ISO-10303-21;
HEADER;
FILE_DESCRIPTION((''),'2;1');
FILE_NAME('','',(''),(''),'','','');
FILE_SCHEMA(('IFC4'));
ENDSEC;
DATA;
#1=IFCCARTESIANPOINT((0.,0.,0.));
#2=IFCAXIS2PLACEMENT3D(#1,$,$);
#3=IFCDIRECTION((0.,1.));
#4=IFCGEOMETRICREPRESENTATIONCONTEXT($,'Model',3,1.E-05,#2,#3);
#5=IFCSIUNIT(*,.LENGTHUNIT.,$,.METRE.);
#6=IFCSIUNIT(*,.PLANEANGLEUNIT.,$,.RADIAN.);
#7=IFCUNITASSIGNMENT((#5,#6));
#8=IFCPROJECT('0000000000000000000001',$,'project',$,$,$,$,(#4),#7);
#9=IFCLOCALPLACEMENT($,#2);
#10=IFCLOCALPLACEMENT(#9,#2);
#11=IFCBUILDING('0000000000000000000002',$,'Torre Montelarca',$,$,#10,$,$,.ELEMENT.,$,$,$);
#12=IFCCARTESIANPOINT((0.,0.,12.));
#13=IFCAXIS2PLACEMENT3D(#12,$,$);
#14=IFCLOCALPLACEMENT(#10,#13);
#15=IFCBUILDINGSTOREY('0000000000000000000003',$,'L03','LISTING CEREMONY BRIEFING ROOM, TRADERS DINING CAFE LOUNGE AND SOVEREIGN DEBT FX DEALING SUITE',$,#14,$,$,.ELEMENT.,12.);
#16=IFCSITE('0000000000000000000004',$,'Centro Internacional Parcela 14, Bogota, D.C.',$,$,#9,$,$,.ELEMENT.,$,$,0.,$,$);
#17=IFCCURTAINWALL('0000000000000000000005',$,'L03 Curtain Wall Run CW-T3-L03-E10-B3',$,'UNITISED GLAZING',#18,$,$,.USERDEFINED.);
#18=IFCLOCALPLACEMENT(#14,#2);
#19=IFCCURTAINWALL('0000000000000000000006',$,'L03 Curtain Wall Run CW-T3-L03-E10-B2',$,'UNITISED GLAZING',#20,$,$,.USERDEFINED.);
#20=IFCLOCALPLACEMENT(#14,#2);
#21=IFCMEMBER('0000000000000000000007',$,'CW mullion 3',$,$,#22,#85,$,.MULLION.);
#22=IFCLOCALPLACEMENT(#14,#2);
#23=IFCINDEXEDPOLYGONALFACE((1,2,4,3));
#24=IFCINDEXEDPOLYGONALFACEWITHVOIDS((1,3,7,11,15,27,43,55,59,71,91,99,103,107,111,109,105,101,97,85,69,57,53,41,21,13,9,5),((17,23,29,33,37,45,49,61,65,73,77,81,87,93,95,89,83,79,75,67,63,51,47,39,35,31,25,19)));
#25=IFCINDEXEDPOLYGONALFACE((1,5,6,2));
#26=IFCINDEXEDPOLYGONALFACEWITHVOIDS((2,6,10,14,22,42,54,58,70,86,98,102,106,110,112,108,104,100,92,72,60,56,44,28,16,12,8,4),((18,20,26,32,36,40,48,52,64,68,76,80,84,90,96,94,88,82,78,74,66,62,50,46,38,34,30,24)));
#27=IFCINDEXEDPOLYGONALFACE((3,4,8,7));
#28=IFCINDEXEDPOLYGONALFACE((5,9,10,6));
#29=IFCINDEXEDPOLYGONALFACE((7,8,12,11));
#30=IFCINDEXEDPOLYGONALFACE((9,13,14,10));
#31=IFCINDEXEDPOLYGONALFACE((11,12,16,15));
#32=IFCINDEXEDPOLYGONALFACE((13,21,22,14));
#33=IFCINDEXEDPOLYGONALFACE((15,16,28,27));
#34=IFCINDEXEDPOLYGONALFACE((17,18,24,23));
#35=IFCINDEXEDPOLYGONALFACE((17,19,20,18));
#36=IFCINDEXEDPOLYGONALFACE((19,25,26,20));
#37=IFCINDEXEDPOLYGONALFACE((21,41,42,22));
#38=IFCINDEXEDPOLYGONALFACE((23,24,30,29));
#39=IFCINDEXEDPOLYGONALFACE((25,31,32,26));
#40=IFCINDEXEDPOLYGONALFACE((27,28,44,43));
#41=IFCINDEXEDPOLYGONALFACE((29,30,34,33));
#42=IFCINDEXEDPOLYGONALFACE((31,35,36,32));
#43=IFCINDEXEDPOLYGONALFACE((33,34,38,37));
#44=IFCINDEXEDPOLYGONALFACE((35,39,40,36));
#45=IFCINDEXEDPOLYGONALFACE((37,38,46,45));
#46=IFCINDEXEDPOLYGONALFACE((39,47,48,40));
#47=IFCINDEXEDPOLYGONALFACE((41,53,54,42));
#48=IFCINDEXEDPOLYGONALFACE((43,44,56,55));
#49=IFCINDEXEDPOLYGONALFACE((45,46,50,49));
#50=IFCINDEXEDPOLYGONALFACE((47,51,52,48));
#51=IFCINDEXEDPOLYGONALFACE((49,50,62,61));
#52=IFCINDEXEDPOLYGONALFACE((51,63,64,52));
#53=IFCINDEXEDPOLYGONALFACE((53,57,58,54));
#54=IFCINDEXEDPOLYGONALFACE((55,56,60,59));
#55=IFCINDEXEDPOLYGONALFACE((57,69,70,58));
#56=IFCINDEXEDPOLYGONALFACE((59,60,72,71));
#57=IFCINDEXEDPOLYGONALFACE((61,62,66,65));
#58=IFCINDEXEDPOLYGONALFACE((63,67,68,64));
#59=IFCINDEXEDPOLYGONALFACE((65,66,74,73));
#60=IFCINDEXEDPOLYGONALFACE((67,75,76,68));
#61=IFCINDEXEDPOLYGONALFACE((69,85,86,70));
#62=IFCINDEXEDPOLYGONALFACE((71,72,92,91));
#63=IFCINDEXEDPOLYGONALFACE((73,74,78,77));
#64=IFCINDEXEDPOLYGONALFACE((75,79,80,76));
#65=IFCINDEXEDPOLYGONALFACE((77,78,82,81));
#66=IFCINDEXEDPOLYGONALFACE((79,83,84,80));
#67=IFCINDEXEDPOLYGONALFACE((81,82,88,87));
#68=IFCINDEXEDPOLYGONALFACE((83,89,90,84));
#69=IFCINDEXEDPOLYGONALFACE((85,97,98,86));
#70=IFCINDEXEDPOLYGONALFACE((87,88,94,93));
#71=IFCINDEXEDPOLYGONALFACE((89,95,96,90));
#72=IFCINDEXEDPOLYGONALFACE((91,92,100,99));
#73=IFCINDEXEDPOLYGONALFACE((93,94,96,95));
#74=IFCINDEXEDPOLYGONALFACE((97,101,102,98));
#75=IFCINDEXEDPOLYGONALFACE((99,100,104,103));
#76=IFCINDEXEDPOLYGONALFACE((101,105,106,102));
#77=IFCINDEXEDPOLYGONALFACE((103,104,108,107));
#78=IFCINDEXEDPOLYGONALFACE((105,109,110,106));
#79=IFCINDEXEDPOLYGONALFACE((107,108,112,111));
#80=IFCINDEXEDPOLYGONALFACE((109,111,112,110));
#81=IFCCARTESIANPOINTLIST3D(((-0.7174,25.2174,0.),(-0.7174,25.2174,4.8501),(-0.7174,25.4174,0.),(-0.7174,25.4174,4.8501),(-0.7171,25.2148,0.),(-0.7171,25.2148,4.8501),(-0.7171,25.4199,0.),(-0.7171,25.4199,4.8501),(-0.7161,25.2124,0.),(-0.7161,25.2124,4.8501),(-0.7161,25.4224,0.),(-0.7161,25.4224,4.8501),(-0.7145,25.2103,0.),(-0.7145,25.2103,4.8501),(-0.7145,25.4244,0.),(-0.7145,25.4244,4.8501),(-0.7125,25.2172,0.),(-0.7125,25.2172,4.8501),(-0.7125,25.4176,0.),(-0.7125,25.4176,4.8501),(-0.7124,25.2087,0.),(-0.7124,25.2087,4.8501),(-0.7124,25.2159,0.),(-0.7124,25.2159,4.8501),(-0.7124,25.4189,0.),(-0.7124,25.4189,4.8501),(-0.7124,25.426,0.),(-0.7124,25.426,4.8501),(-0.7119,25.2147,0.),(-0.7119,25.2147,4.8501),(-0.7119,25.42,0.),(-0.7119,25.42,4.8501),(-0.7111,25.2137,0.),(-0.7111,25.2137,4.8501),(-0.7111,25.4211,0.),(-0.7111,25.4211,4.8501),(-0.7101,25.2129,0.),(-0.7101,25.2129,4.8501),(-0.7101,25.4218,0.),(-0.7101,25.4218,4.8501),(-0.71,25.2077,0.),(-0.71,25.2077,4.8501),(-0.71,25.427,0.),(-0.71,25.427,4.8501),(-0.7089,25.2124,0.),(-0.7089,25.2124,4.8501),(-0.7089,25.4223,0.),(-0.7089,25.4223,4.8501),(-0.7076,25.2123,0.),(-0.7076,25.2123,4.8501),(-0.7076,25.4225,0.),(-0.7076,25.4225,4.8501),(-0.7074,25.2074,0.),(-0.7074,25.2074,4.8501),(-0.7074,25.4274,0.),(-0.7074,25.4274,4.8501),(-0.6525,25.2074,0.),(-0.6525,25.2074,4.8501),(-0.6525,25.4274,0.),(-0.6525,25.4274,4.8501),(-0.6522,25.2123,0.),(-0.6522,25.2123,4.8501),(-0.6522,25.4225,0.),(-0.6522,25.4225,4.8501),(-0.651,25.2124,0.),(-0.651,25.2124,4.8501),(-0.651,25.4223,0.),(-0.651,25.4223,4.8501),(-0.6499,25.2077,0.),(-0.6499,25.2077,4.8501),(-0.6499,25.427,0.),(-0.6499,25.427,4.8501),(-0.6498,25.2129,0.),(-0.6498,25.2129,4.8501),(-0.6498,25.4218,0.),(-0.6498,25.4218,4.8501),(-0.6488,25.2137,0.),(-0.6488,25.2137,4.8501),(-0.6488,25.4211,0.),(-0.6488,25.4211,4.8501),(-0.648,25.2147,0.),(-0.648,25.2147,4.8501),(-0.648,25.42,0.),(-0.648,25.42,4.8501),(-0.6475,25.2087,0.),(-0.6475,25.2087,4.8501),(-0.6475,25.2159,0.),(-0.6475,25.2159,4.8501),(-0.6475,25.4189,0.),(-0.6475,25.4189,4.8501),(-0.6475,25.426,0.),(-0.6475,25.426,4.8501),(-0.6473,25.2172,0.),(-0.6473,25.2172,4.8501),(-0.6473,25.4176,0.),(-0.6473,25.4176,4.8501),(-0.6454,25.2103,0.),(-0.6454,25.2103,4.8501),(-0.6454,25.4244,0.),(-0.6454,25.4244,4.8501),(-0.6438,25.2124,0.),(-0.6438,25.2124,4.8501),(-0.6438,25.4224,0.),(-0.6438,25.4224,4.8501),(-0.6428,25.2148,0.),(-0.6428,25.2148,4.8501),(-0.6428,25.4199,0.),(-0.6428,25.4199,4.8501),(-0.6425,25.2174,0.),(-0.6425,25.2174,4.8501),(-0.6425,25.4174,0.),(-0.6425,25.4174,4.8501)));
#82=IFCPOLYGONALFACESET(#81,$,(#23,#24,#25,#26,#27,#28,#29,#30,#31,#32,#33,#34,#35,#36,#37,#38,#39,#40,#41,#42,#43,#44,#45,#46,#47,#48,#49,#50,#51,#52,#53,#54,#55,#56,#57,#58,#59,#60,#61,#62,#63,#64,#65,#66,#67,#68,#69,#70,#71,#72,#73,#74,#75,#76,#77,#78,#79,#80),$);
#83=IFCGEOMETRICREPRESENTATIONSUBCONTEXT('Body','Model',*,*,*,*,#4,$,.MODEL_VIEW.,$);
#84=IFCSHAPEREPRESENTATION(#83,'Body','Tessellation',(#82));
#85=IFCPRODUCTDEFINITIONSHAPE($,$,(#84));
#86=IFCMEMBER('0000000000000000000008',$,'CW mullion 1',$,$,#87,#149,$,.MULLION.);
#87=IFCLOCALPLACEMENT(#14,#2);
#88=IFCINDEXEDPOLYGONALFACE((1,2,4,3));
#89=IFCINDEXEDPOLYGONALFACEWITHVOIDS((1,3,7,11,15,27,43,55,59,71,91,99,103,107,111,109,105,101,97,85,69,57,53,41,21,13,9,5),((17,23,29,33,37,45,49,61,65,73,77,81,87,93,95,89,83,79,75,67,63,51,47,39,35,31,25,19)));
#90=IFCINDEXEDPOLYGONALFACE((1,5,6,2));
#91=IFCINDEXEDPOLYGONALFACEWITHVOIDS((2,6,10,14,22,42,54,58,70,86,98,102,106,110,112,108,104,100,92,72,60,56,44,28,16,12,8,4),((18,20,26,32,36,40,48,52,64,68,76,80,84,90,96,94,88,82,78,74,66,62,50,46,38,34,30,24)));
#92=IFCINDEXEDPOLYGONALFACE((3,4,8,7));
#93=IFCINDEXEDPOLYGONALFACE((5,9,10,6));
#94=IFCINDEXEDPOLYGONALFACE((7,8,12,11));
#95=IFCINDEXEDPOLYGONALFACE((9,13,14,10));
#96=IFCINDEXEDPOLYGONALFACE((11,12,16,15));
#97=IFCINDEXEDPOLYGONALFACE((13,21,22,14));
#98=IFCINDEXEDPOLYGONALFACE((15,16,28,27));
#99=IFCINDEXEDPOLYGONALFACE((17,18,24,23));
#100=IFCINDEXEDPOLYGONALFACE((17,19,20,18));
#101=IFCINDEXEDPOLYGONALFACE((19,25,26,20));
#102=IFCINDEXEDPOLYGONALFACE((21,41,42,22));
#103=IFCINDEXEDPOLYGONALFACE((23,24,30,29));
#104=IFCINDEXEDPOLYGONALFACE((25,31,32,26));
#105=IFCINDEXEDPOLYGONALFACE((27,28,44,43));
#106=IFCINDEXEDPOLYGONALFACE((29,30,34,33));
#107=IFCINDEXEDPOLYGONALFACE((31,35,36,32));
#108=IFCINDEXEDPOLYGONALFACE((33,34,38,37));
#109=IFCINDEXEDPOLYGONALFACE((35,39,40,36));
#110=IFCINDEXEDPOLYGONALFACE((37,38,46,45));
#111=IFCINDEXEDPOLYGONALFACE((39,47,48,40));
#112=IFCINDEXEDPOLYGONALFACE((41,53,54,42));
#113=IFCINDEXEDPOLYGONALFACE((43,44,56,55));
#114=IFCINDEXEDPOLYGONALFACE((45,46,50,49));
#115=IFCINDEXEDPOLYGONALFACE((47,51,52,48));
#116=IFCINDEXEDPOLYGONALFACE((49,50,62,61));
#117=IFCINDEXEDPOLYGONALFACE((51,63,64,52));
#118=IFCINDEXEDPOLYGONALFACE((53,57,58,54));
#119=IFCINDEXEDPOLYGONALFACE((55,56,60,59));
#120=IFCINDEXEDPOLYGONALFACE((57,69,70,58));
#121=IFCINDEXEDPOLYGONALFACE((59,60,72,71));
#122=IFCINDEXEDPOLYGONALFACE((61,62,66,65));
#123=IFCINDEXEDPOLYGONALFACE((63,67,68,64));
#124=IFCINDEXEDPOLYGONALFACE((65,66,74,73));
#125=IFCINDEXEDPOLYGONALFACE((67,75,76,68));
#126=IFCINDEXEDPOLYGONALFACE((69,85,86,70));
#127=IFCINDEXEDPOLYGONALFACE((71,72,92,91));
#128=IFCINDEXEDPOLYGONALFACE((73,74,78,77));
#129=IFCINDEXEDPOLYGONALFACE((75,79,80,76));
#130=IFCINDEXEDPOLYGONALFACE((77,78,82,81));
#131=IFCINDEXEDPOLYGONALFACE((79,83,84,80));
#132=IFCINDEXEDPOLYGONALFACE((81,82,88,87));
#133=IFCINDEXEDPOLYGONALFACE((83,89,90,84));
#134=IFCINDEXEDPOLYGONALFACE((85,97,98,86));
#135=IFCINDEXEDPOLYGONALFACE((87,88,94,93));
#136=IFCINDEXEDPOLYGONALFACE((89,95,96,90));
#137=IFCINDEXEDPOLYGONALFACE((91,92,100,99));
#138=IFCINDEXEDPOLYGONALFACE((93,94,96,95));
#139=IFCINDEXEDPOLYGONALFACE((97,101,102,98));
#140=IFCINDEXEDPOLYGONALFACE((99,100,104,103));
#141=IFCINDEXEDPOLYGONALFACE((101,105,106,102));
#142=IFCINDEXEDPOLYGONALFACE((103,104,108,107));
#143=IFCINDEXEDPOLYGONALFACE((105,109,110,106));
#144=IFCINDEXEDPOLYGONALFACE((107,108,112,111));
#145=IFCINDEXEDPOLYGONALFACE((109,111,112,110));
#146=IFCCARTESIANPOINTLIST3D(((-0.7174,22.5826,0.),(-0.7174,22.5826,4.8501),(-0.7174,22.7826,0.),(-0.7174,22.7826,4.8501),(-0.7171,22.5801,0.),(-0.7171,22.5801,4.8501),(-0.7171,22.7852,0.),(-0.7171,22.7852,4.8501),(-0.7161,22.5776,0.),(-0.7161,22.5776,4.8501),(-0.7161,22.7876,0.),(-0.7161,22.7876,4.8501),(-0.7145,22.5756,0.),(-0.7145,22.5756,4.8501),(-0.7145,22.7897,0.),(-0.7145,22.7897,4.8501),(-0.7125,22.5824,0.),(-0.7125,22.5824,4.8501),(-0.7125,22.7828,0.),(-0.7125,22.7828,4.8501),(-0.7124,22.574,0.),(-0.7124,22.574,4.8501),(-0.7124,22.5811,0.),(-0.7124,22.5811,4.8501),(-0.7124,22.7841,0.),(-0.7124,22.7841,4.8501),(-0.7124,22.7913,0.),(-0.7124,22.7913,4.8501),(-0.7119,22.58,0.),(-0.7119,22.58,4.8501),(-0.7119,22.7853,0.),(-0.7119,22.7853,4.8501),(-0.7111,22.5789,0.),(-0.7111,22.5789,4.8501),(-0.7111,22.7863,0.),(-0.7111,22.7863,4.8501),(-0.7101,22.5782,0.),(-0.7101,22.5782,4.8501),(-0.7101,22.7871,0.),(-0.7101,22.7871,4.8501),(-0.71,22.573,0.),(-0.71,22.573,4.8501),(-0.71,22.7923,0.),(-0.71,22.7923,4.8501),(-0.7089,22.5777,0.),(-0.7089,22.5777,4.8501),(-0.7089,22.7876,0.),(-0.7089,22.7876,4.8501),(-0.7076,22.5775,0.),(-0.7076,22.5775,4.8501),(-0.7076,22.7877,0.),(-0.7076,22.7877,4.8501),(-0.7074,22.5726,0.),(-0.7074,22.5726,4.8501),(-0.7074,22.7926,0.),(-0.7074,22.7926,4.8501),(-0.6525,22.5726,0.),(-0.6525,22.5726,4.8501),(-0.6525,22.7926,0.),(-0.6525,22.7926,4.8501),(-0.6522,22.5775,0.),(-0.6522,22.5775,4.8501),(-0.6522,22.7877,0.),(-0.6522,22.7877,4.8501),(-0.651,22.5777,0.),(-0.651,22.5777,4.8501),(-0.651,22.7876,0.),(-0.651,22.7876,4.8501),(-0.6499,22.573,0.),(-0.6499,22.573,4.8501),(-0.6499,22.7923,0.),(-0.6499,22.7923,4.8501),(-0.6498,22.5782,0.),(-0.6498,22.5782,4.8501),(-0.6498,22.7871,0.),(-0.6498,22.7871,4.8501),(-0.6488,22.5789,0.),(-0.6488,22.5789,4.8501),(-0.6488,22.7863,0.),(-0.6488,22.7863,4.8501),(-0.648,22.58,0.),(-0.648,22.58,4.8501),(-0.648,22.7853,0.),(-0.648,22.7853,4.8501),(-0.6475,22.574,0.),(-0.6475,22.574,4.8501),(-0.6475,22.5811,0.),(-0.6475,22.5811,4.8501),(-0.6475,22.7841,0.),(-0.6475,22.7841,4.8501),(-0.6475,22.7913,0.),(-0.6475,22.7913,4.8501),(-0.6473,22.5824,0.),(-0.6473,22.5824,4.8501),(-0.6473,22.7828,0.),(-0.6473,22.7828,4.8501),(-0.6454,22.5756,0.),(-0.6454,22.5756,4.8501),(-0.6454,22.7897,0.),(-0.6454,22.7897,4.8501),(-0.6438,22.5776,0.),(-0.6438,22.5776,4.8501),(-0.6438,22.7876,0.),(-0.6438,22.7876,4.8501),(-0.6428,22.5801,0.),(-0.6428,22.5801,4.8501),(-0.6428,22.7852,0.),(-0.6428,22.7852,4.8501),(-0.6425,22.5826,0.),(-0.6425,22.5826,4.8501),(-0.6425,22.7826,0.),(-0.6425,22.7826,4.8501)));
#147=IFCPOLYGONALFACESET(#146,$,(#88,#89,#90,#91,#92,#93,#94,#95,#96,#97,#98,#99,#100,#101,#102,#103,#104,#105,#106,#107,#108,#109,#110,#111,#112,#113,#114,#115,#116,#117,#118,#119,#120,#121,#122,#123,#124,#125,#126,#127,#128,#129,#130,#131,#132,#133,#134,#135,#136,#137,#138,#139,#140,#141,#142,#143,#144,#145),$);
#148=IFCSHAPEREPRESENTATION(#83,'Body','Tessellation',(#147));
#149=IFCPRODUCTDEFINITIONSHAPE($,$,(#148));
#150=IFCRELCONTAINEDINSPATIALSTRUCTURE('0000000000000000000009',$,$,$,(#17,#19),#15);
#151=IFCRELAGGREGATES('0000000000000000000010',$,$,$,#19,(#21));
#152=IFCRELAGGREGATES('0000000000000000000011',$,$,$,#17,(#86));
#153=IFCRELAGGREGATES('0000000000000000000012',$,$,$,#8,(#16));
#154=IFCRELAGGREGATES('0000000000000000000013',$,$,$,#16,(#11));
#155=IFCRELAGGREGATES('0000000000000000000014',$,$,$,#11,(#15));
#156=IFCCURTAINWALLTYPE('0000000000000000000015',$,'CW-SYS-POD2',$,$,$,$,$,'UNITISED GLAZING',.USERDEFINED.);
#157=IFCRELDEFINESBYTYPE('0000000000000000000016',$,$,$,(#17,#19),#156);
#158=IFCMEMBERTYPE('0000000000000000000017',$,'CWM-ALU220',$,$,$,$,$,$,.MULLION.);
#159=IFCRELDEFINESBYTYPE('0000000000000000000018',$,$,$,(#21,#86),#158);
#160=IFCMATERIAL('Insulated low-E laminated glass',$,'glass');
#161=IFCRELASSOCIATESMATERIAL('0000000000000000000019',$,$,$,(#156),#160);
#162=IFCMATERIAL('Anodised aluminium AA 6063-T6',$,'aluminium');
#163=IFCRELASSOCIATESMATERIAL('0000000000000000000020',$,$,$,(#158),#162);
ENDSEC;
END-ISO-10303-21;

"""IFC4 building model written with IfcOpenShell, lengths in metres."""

from ifc_helpers import new_model, si_unit, direction, frame, origin, origin_2d, place, context, subcontext, project, spatial, hollow_rectangle, extrude, source, transform, mapped, material, material_profile, profile_set, type_object, element, aggregate, save


model = new_model("IFC4")

# Units and contexts
model_context = context("Model", 3, precision=1e-05, world=origin(), true_north=direction((0.0, 1.0)))
body_context = subcontext(model_context, "Body", "Model", "MODEL_VIEW")
ifc_project = project(units=[si_unit("LENGTHUNIT", "METRE"), si_unit("PLANEANGLEUNIT", "RADIAN")], contexts=[model_context])

# Site, building, storey
site_placement = place(None, origin())
site = spatial("IfcSite", under=ifc_project, at=site_placement, Name="Centro Internacional Parcela 14, Bogota, D.C.", CompositionType="ELEMENT", RefElevation=0.0)
building_placement = place(site_placement, origin())
building = spatial("IfcBuilding", under=site, at=building_placement, Name="Torre Montelarca", CompositionType="ELEMENT")
storey_placement = place(building_placement, frame((0.0, 0.0, 12.0)))
storey = spatial("IfcBuildingStorey", under=building, at=storey_placement, Name="L03", Description="LISTING CEREMONY BRIEFING ROOM, TRADERS DINING CAFE LOUNGE AND SOVEREIGN DEBT FX DEALING SUITE", CompositionType="ELEMENT", Elevation=12.0)

# Curtain wall
ifc_material_1 = material(Name="Insulated low-E laminated glass", Category="glass")
curtain_wall_type = type_object("IfcCurtainWallType", Name="CW-SYS-POD2", ElementType="UNITISED GLAZING", PredefinedType="USERDEFINED", material=ifc_material_1)
curtain_wall_1_placement = place(storey_placement, origin())
curtain_wall_1 = element("IfcCurtainWall", 1, at=curtain_wall_1_placement, inside=storey, type_object=curtain_wall_type, Name="L03 Curtain Wall Run CW-T3-L03-E10-B3", ObjectType="UNITISED GLAZING", PredefinedType="USERDEFINED")
ifc_material_2 = material(Name="Anodised aluminium AA 6063-T6", Category="aluminium")

# Curtain wall, member
curtain_wall_2_placement = place(storey_placement, origin())
curtain_wall_2 = element("IfcCurtainWall", 2, at=curtain_wall_2_placement, inside=storey, type_object=curtain_wall_type, Name="L03 Curtain Wall Run CW-T3-L03-E10-B2", ObjectType="UNITISED GLAZING", PredefinedType="USERDEFINED")
ifc_material_profile_1 = material_profile(ifc_material_2, hollow_rectangle(XDim=0.075, YDim=0.22, WallThickness=0.0049, InnerFilletRadius=0.0049, OuterFilletRadius=0.01, at=origin_2d()), Name="ALU75X220X5", Category="aluminium")
ifc_profile_set_1 = profile_set([ifc_material_profile_1], Name="Anodised aluminium AA 6063-T6")
member_type_1 = type_object("IfcMemberType", Name="CWM-ALU220", PredefinedType="MULLION", material=ifc_profile_set_1)
shared_shape_1 = source(origin(), body_context, "Body", "SweptSolid", [
    extrude(hollow_rectangle(XDim=0.075, YDim=0.22, WallThickness=0.0049, InnerFilletRadius=0.0049, OuterFilletRadius=0.01, at=origin_2d()), origin(), (0.0, 0.0, 1.0), 4.8501),
])
member_1_placement = place(storey_placement, frame((-0.6799, 25.3174, 0.0), z_axis=(0.0, 0.0, 1.0), x_axis=(1.0, 0.0, 0.0)))
member_1 = element("IfcMember", 3, at=member_1_placement, type_object=member_type_1, Name="CW mullion 3", PredefinedType="MULLION", context=body_context, shape_type="MappedRepresentation", body=[
    mapped(shared_shape_1, transform((0.0, 0.0, 0.0), scale=1.0)),
])
aggregate(curtain_wall_2, [member_1])

# Member
member_2_placement = place(storey_placement, frame((-0.6799, 22.6826, 0.0), z_axis=(0.0, 0.0, 1.0), x_axis=(1.0, 0.0, 0.0)))
member_2 = element("IfcMember", 4, at=member_2_placement, type_object=member_type_1, Name="CW mullion 1", PredefinedType="MULLION", context=body_context, shape_type="MappedRepresentation", body=[
    mapped(shared_shape_1, transform((0.0, 0.0, 0.0), scale=1.0)),
])

aggregate(curtain_wall_1, [member_2])

save(model, "model.ifc")
